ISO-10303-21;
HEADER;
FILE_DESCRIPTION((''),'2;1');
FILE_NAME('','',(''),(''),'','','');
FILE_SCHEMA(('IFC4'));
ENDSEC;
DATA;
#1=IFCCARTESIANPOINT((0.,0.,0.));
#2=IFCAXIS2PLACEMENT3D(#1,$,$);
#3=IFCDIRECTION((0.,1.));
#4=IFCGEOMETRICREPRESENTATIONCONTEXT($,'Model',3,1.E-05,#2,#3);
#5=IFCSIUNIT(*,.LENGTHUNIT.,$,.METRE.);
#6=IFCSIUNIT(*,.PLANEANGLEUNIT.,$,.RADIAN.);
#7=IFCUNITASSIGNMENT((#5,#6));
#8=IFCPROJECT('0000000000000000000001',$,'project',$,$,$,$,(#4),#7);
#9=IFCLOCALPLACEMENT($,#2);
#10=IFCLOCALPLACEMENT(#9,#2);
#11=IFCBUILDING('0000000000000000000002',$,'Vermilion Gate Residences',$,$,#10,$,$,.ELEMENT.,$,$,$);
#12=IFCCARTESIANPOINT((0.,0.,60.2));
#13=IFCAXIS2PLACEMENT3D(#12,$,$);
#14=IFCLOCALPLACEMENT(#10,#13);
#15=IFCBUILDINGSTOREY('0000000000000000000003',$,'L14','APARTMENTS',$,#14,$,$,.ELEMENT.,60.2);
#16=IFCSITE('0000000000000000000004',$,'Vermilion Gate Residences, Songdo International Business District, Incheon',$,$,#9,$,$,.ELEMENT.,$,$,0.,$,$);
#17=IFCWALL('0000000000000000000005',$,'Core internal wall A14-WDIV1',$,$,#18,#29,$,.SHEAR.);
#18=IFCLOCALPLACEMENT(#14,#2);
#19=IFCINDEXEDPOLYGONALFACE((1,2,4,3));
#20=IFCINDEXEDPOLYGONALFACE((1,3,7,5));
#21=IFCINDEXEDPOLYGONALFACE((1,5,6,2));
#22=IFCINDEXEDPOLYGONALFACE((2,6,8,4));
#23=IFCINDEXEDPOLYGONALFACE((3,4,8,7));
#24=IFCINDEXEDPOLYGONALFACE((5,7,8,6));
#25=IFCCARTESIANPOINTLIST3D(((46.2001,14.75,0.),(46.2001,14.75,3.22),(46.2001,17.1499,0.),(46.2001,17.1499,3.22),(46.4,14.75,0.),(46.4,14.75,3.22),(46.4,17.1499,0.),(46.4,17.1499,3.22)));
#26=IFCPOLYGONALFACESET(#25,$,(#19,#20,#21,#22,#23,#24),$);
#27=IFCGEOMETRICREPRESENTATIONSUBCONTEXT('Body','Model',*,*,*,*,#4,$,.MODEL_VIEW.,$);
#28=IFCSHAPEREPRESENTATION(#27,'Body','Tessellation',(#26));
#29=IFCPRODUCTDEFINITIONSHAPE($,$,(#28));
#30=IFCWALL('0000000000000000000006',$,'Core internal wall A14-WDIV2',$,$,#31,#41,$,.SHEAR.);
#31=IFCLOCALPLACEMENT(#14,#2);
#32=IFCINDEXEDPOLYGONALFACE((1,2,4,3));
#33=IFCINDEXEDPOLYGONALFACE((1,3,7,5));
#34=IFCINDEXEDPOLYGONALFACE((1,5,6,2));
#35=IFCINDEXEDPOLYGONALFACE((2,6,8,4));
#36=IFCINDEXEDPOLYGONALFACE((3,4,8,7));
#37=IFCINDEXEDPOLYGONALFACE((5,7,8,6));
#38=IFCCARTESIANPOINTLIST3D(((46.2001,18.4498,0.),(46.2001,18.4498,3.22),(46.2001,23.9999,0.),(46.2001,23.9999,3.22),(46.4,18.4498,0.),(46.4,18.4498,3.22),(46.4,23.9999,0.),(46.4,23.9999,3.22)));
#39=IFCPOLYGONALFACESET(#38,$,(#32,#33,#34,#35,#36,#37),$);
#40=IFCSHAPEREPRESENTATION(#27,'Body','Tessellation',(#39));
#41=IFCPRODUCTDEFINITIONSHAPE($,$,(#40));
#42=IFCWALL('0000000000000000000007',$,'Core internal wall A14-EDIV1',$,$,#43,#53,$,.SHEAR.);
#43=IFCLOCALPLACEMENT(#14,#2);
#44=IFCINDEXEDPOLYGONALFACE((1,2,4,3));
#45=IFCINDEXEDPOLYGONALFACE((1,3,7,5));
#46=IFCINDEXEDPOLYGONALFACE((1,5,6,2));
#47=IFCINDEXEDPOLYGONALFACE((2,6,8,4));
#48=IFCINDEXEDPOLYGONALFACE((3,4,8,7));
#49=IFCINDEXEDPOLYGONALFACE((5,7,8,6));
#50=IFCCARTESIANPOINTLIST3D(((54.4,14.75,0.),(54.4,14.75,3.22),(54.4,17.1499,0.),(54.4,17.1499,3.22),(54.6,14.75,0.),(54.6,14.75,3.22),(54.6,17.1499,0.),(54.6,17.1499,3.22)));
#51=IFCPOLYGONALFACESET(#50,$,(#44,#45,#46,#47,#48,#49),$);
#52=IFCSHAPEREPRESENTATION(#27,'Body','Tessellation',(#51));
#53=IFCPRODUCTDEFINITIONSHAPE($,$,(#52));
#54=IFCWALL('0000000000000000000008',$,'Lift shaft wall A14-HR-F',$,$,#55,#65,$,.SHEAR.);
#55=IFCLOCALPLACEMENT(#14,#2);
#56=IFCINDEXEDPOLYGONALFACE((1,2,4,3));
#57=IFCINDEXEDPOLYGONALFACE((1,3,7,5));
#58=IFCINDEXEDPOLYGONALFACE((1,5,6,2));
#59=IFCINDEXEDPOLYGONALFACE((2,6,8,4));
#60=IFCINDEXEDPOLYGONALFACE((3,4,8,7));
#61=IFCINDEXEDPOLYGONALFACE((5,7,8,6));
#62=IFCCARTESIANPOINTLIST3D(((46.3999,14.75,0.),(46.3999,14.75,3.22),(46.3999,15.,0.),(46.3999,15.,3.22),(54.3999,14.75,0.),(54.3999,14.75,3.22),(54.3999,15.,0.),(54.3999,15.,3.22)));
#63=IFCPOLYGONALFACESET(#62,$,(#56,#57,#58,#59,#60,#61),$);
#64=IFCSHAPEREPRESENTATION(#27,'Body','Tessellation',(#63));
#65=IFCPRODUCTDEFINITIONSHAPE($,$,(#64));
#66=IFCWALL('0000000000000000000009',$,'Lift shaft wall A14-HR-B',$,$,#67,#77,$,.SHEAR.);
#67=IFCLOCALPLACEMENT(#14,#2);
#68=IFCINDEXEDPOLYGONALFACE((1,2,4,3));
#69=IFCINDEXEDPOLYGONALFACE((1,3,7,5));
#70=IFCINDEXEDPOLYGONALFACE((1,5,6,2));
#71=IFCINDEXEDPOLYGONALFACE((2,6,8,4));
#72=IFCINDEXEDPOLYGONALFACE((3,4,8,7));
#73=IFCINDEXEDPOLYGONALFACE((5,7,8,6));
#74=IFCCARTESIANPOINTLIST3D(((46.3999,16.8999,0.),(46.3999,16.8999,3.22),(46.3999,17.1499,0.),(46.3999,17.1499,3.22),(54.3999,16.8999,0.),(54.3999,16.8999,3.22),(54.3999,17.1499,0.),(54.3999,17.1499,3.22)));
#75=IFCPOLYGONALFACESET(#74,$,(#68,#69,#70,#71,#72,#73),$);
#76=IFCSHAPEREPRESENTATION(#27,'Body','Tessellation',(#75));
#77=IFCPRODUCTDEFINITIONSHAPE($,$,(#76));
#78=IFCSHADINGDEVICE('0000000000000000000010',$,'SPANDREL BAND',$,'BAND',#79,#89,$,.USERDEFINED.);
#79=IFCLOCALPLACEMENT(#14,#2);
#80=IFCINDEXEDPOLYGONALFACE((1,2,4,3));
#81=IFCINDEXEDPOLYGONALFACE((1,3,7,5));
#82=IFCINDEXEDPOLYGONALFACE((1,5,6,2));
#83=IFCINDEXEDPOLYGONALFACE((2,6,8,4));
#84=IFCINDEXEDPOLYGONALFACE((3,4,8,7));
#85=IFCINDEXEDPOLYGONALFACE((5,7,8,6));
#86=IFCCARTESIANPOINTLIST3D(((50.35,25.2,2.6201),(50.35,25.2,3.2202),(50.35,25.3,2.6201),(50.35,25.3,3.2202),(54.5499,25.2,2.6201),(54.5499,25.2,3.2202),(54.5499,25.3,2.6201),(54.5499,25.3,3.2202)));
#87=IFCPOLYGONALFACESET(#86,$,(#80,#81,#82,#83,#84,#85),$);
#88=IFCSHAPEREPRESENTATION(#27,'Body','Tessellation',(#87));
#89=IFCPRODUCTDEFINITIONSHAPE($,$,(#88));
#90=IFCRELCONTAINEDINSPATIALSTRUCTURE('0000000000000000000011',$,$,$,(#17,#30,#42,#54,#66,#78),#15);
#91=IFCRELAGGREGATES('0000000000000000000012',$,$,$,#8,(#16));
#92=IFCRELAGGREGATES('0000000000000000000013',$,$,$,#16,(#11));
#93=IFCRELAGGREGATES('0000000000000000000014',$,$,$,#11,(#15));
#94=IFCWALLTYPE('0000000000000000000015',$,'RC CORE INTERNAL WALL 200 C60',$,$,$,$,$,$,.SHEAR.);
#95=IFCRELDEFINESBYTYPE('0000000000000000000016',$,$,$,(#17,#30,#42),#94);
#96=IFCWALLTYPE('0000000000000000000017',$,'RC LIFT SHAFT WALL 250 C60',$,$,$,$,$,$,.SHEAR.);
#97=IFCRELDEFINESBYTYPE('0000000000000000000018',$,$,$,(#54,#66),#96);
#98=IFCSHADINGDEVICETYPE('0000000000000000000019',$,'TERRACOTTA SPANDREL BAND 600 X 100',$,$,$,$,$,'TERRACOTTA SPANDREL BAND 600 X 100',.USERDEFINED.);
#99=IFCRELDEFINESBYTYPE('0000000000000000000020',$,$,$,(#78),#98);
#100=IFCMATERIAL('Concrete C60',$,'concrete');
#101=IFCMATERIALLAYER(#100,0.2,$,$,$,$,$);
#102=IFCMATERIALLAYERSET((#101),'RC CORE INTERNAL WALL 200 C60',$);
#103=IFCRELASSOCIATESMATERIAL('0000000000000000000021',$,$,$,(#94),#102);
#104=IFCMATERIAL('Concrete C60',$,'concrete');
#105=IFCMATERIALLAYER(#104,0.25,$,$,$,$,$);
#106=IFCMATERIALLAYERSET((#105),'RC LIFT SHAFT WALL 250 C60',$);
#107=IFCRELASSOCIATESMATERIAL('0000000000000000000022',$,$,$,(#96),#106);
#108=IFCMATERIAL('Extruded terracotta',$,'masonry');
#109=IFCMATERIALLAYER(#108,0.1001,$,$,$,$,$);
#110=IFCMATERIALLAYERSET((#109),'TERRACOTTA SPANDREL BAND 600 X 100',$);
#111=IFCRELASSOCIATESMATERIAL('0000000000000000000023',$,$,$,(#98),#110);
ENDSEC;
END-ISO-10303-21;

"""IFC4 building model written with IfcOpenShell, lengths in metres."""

from ifc_helpers import new_model, si_unit, direction, frame, frame_2d, origin, origin_2d, place, context, subcontext, project, spatial, rectangle, extrude, material, layer, layer_set, type_object, element, save


model = new_model("IFC4")

# Units and contexts
model_context = context("Model", 3, precision=1e-05, world=origin(), true_north=direction((0.0, 1.0)))
body_context = subcontext(model_context, "Body", "Model", "MODEL_VIEW")
ifc_project = project(units=[si_unit("LENGTHUNIT", "METRE"), si_unit("PLANEANGLEUNIT", "RADIAN")], contexts=[model_context])

# Site, building, storey
site_placement = place(None, origin())
site = spatial("IfcSite", under=ifc_project, at=site_placement, Name="Vermilion Gate Residences, Songdo International Business District, Incheon", CompositionType="ELEMENT", RefElevation=0.0)
building_placement = place(site_placement, origin())
building = spatial("IfcBuilding", under=site, at=building_placement, Name="Vermilion Gate Residences", CompositionType="ELEMENT")
storey_placement = place(building_placement, frame((0.0, 0.0, 60.2)))
storey = spatial("IfcBuildingStorey", under=building, at=storey_placement, Name="L14", Description="APARTMENTS", CompositionType="ELEMENT", Elevation=60.2)

# Shared definitions
ifc_material_1 = material(Name="Concrete C60", Category="concrete")
ifc_layer_1 = layer(ifc_material_1, 0.2)
ifc_layer_set_1 = layer_set([ifc_layer_1], Name="RC CORE INTERNAL WALL 200 C60")
wall_type_1 = type_object("IfcWallType", Name="RC CORE INTERNAL WALL 200 C60", PredefinedType="SHEAR", material=ifc_layer_set_1)

# Walls
wall_1_placement = place(storey_placement, frame((46.3, 14.75, 0.0), z_axis=(0.0, 0.0, 1.0), x_axis=(0.0, 1.0, 0.0)))
element("IfcWall", 1, at=wall_1_placement, inside=storey, type_object=wall_type_1, Name="Core internal wall A14-WDIV1", PredefinedType="SHEAR", context=body_context, shape_type="SweptSolid", body=[
    extrude(rectangle(XDim=2.3999, YDim=0.2, at=frame_2d((1.2, 0.0))), origin(), (0.0, 0.0, 1.0), 3.22),
])
wall_2_placement = place(storey_placement, frame((46.3, 18.45, 0.0), z_axis=(0.0, 0.0, 1.0), x_axis=(0.0, 1.0, 0.0)))
element("IfcWall", 2, at=wall_2_placement, inside=storey, type_object=wall_type_1, Name="Core internal wall A14-WDIV2", PredefinedType="SHEAR", context=body_context, shape_type="SweptSolid", body=[
    extrude(rectangle(XDim=5.55, YDim=0.2, at=frame_2d((2.7749, 0.0))), origin(), (0.0, 0.0, 1.0), 3.22),
])
wall_3_placement = place(storey_placement, frame((54.5, 14.75, 0.0), z_axis=(0.0, 0.0, 1.0), x_axis=(0.0, 1.0, 0.0)))
element("IfcWall", 3, at=wall_3_placement, inside=storey, type_object=wall_type_1, Name="Core internal wall A14-EDIV1", PredefinedType="SHEAR", context=body_context, shape_type="SweptSolid", body=[
    extrude(rectangle(XDim=2.3999, YDim=0.2, at=frame_2d((1.2, 0.0))), origin(), (0.0, 0.0, 1.0), 3.22),
])
ifc_material_2 = material(Name="Concrete C60", Category="concrete")
ifc_layer_2 = layer(ifc_material_2, 0.25)
ifc_layer_set_2 = layer_set([ifc_layer_2], Name="RC LIFT SHAFT WALL 250 C60")
wall_type_2 = type_object("IfcWallType", Name="RC LIFT SHAFT WALL 250 C60", PredefinedType="SHEAR", material=ifc_layer_set_2)
for number, where, z_axis, x_axis, name in (
    (4, (46.3999, 14.875, 0.0), (0.0, 0.0, 1.0), (1.0, 0.0, 0.0), "Lift shaft wall A14-HR-F"),
    (5, (46.3999, 17.0249, 0.0), (0.0, 0.0, 1.0), (1.0, 0.0, 0.0), "Lift shaft wall A14-HR-B"),
):
    element("IfcWall", number, at=place(storey_placement, frame(where, z_axis=z_axis, x_axis=x_axis)), inside=storey, type_object=wall_type_2, Name=name, PredefinedType="SHEAR", context=body_context, shape_type="SweptSolid", body=[
        extrude(rectangle(XDim=8.0, YDim=0.25, at=frame_2d((4.0, 0.0))), origin(), (0.0, 0.0, 1.0), 3.22),
    ])

# Shading device
ifc_material_3 = material(Name="Extruded terracotta", Category="masonry")
ifc_layer_3 = layer(ifc_material_3, 0.1001)
ifc_layer_set_3 = layer_set([ifc_layer_3], Name="TERRACOTTA SPANDREL BAND 600 X 100")
shading_device_type = type_object("IfcShadingDeviceType", Name="TERRACOTTA SPANDREL BAND 600 X 100", ElementType="TERRACOTTA SPANDREL BAND 600 X 100", PredefinedType="USERDEFINED", material=ifc_layer_set_3)
shading_device_placement = place(storey_placement, frame((52.45, 25.25, 2.6201), z_axis=(0.0, 0.0, 1.0), x_axis=(1.0, 0.0, 0.0)))
element("IfcShadingDevice", 6, at=shading_device_placement, inside=storey, type_object=shading_device_type, Name="SPANDREL BAND", ObjectType="BAND", PredefinedType="USERDEFINED", context=body_context, shape_type="SweptSolid", body=[
    extrude(rectangle(XDim=4.2, YDim=0.1001, at=origin_2d()), origin(), (0.0, 0.0, 1.0), 0.6001),
])

save(model, "model.ifc")
